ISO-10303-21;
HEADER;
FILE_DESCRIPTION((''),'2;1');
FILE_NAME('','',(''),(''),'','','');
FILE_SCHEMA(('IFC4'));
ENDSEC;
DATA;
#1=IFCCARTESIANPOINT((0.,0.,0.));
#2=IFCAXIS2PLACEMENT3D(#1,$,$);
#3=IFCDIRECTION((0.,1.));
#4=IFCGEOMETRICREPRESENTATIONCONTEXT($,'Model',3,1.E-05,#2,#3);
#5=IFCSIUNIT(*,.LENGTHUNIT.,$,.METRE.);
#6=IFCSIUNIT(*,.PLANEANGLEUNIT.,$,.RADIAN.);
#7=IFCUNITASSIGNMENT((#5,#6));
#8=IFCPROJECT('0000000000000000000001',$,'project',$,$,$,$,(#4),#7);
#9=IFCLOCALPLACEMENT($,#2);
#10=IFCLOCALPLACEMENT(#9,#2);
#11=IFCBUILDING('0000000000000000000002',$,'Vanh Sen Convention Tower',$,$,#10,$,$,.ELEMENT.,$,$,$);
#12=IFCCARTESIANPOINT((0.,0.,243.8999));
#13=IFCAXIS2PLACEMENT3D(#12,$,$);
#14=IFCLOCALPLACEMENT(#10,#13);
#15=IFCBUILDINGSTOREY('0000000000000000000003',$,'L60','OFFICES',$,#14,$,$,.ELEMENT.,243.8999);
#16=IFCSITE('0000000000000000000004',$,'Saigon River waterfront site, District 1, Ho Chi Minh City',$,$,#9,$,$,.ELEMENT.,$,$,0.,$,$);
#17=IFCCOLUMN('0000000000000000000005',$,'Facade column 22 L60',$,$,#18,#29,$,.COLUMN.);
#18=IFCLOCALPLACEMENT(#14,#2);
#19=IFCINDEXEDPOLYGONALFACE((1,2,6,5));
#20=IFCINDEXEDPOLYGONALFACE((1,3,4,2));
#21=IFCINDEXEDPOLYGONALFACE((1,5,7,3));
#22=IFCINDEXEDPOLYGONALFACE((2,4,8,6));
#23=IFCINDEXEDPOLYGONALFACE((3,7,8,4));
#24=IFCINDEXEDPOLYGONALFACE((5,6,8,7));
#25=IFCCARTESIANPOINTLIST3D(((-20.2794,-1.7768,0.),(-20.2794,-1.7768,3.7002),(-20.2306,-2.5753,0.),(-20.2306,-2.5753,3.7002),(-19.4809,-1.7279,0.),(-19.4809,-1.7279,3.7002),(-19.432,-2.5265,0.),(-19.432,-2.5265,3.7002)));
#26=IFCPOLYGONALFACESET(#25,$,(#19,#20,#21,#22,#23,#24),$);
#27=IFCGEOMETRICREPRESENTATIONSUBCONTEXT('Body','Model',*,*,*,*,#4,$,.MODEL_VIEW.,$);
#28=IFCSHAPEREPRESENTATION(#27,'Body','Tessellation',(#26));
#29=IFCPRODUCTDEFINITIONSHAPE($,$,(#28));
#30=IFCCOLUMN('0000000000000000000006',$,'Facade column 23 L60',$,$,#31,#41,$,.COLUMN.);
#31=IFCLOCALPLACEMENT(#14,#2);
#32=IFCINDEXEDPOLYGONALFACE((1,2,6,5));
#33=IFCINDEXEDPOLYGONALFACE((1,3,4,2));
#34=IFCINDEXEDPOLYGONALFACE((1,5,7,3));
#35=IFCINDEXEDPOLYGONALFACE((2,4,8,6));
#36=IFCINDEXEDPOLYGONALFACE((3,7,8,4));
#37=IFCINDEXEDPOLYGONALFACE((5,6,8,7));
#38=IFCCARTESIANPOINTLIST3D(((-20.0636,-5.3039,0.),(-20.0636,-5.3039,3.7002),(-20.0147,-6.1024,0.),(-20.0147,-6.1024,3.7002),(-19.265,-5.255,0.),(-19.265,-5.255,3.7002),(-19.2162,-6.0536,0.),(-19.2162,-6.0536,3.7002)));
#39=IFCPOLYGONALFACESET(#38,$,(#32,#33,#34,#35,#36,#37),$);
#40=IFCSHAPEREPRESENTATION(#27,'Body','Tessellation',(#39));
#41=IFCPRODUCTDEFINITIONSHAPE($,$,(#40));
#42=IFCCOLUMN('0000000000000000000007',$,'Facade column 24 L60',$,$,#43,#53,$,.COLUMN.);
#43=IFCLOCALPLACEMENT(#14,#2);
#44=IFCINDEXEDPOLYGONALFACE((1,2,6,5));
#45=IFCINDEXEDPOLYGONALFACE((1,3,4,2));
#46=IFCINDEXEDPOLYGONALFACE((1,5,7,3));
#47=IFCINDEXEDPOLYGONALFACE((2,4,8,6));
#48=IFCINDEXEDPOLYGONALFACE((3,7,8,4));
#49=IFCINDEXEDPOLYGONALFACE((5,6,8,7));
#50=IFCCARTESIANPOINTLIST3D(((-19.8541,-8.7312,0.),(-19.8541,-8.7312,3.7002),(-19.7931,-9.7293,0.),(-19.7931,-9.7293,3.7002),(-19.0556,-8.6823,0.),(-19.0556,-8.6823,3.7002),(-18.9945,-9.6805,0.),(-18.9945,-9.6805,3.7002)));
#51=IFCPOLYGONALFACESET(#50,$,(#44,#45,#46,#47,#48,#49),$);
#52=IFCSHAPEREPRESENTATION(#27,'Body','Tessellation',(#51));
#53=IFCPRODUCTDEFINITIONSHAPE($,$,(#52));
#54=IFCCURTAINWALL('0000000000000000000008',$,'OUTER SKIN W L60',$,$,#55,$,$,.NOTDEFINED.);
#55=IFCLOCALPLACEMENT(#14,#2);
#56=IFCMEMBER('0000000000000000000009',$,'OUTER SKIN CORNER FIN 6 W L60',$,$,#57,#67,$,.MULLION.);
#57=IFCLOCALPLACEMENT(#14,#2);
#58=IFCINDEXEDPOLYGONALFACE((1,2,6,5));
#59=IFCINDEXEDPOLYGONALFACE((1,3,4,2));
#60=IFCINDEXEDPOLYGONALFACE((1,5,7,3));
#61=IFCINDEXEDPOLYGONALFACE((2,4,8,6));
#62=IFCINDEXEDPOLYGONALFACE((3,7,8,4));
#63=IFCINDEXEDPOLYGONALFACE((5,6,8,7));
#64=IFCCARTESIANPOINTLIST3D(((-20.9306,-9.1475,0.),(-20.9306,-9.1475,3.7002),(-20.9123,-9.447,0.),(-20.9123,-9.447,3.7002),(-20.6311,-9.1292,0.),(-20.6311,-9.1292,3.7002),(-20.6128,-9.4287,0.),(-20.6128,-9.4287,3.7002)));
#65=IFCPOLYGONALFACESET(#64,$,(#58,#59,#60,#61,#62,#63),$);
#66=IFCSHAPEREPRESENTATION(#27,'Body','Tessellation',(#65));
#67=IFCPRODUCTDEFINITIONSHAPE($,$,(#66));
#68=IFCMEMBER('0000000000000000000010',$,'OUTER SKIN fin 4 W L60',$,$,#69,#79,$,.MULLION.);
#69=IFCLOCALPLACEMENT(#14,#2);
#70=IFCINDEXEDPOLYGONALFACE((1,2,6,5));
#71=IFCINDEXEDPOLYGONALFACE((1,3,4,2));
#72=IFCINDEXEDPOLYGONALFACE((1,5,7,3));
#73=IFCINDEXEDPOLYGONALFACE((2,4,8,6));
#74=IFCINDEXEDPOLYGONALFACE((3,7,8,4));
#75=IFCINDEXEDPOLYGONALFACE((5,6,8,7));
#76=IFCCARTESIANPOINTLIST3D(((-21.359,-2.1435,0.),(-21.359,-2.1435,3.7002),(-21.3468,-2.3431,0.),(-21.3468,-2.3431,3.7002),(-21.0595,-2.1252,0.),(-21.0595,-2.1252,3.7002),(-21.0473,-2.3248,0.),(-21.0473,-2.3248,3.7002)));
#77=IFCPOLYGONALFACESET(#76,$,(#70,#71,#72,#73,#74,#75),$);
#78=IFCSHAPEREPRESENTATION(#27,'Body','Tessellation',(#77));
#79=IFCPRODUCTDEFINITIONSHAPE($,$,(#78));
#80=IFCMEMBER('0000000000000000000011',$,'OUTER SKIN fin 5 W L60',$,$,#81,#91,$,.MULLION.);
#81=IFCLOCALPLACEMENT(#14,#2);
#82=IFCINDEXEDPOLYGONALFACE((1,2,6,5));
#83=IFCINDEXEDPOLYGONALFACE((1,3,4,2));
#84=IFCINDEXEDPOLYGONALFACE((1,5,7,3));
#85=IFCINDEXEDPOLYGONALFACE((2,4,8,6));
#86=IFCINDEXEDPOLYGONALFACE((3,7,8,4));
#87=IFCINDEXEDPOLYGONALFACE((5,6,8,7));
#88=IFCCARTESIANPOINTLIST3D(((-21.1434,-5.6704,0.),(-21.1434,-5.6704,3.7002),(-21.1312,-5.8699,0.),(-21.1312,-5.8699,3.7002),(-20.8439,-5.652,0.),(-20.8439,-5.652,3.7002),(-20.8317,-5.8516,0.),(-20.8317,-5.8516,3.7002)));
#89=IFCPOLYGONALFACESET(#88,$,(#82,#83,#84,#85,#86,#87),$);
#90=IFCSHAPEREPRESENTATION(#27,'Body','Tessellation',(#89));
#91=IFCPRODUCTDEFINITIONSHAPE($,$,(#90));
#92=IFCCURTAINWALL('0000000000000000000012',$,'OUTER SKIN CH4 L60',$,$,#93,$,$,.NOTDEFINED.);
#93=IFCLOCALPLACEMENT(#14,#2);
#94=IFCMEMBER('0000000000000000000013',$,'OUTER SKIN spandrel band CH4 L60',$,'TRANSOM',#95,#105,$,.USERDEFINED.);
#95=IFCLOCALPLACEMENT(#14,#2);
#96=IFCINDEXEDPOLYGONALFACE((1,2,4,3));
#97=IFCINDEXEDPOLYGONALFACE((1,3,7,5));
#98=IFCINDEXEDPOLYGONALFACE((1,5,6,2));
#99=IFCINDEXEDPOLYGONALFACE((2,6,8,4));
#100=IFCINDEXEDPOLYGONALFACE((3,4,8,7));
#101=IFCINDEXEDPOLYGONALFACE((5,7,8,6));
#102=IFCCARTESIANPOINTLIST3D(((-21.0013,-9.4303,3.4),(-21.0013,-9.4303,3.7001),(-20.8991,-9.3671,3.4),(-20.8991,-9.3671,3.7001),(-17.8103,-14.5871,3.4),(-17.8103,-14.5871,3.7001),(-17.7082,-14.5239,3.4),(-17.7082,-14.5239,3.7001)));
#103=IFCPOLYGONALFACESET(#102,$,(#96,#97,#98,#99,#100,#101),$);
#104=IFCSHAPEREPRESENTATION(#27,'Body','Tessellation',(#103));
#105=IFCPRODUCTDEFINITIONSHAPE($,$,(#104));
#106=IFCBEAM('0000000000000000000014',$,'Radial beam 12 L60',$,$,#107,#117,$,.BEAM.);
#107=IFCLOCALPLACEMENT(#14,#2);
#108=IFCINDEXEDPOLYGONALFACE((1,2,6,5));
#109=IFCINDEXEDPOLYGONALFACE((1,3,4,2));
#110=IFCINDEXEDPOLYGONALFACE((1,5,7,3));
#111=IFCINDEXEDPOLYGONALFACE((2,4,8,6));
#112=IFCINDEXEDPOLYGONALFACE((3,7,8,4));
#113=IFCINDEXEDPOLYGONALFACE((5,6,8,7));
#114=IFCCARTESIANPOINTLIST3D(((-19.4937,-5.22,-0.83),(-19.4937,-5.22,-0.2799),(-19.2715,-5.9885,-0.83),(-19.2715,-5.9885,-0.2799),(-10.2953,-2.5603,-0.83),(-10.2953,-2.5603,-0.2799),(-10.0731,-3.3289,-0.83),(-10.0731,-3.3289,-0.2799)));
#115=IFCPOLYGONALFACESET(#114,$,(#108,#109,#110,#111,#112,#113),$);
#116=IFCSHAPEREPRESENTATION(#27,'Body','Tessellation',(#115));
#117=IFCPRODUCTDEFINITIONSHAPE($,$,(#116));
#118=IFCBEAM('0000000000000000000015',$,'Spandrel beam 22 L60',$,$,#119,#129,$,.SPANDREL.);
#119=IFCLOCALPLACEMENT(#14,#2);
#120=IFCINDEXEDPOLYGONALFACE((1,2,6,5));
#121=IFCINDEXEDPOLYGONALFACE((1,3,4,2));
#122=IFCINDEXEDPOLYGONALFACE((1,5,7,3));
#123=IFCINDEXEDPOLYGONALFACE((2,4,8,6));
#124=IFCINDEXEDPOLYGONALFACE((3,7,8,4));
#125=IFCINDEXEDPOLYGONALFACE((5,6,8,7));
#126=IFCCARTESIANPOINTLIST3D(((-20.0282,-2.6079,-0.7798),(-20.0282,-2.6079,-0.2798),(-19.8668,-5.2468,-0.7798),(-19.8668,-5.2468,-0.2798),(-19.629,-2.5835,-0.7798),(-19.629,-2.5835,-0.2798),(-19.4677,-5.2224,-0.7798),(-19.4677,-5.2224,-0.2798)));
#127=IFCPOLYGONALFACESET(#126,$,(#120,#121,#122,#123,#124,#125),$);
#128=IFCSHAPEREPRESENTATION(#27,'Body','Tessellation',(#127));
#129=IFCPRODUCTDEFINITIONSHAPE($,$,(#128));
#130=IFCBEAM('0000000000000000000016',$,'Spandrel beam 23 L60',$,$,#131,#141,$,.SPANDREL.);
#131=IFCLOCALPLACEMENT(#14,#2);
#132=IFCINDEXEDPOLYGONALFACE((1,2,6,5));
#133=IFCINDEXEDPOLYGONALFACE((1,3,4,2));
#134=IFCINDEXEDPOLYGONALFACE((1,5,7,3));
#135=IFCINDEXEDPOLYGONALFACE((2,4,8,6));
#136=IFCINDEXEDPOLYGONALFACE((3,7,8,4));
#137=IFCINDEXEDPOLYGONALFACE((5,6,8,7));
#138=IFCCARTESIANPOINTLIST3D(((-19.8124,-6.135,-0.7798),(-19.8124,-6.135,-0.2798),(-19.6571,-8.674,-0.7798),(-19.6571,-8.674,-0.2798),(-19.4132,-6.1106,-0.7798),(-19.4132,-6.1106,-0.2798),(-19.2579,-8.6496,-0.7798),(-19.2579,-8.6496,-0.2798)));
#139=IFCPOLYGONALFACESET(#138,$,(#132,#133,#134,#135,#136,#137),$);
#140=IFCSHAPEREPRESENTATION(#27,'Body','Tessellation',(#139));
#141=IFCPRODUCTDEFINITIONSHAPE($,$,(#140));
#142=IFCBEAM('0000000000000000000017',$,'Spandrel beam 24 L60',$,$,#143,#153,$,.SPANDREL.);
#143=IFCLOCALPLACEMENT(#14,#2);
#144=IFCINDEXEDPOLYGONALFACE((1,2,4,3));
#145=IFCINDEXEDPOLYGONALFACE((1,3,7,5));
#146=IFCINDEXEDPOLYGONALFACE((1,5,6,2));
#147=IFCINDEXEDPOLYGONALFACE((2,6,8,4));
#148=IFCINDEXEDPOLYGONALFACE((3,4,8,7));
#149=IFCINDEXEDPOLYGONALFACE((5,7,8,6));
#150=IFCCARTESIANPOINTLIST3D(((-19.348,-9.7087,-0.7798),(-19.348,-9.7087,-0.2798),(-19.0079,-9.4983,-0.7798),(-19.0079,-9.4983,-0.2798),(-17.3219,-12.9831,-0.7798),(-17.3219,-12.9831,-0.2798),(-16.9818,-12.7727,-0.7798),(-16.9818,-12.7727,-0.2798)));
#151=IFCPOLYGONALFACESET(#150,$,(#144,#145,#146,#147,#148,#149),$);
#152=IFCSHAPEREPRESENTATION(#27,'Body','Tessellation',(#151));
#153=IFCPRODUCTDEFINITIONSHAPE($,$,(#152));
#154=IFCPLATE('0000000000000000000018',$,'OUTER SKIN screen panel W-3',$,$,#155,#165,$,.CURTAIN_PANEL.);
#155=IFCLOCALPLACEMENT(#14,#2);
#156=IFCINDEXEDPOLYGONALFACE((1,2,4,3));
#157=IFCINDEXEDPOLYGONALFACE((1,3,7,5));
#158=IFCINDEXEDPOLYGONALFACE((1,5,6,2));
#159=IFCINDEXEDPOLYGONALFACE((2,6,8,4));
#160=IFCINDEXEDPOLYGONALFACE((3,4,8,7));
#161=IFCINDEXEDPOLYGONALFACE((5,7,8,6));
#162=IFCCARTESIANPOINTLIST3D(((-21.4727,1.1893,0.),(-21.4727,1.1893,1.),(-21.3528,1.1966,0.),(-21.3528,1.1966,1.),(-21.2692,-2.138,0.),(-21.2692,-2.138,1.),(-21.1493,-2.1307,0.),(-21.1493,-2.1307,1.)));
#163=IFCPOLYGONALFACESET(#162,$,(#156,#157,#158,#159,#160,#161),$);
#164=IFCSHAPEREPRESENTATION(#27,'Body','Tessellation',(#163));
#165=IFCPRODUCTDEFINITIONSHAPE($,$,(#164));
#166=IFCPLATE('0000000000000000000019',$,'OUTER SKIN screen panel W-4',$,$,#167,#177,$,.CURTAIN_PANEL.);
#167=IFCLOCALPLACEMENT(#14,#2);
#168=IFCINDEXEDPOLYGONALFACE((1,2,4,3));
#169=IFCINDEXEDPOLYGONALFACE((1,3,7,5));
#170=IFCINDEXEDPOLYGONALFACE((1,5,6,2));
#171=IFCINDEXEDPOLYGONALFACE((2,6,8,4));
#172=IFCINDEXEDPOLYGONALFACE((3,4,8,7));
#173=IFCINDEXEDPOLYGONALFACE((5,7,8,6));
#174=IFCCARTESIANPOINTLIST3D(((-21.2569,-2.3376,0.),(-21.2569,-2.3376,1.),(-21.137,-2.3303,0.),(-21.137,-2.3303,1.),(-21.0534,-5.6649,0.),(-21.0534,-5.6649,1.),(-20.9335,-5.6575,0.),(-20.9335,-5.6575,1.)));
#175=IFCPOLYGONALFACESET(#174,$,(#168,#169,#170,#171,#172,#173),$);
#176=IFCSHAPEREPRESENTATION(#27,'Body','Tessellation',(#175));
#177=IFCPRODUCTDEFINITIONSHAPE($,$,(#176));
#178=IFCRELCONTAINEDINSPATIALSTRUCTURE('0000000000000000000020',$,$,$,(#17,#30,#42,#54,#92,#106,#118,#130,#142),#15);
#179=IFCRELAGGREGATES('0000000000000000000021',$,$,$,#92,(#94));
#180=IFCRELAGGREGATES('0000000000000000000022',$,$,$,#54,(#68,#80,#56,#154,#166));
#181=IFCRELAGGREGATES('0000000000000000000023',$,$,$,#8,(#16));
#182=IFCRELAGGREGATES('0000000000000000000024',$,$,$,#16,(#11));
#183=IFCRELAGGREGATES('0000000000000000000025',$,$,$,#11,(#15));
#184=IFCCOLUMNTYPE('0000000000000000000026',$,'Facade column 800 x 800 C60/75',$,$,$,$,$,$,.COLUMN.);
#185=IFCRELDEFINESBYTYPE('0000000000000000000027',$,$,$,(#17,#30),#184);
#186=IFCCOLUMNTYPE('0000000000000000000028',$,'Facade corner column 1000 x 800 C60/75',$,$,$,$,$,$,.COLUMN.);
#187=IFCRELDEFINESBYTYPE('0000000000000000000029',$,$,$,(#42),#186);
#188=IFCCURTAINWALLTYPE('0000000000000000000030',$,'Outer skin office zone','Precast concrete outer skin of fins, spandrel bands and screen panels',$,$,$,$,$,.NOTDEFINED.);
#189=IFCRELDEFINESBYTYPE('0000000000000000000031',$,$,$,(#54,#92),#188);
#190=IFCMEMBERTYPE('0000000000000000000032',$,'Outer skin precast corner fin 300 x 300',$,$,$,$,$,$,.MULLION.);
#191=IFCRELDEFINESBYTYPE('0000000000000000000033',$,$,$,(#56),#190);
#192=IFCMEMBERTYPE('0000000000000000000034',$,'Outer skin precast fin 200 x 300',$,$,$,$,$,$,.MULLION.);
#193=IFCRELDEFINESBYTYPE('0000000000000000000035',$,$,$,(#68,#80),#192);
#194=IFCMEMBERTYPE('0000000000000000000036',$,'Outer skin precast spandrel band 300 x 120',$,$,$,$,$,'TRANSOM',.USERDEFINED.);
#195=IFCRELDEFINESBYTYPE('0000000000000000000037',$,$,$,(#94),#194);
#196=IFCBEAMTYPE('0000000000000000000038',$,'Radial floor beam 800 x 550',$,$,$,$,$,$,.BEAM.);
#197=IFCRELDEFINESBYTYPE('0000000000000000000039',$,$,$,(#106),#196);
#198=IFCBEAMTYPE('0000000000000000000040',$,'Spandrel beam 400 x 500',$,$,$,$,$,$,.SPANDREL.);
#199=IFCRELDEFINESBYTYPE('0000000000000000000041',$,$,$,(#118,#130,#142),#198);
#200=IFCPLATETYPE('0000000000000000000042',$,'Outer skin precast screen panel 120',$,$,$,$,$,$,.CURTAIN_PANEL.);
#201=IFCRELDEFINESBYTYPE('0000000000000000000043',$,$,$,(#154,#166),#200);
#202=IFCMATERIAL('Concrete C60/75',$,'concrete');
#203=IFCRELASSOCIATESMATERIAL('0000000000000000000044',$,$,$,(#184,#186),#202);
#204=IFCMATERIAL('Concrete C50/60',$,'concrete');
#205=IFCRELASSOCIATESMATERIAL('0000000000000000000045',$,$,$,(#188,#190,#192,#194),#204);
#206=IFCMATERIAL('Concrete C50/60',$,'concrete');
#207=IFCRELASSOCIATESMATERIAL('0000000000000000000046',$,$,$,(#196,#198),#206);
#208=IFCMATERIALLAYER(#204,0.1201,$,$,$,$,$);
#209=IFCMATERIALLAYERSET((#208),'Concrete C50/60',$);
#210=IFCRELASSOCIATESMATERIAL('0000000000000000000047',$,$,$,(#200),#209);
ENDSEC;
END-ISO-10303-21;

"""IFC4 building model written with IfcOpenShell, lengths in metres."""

from ifc_helpers import new_model, si_unit, direction, frame, origin, origin_2d, place, context, subcontext, project, spatial, rectangle, extrude, material, layer, layer_set, material_profile, profile_set, type_object, element, aggregate, save


model = new_model("IFC4")

# Units and contexts
model_context = context("Model", 3, precision=1e-05, world=origin(), true_north=direction((0.0, 1.0)))
body_context = subcontext(model_context, "Body", "Model", "MODEL_VIEW")
ifc_project = project(units=[si_unit("LENGTHUNIT", "METRE"), si_unit("PLANEANGLEUNIT", "RADIAN")], contexts=[model_context])

# Site, building, storey
site_placement = place(None, origin())
site = spatial("IfcSite", under=ifc_project, at=site_placement, Name="Saigon River waterfront site, District 1, Ho Chi Minh City", CompositionType="ELEMENT", RefElevation=0.0)
building_placement = place(site_placement, origin())
building = spatial("IfcBuilding", under=site, at=building_placement, Name="Vanh Sen Convention Tower", CompositionType="ELEMENT")
storey_placement = place(building_placement, frame((0.0, 0.0, 243.8999)))
storey = spatial("IfcBuildingStorey", under=building, at=storey_placement, Name="L60", Description="OFFICES", CompositionType="ELEMENT", Elevation=243.8999)

# Columns
ifc_material_1 = material(Name="Concrete C60/75", Category="concrete")
ifc_material_profile_1 = material_profile(ifc_material_1, rectangle(XDim=0.8, YDim=0.8, at=origin_2d()), Name="RC 800X800")
ifc_profile_set_1 = profile_set([ifc_material_profile_1], Name="Concrete C60/75")
column_type_1 = type_object("IfcColumnType", Name="Facade column 800 x 800 C60/75", PredefinedType="COLUMN", material=ifc_profile_set_1)
for number, where, z_axis, x_axis, name in (
    (1, (-19.8557, -2.1516, 0.0), (0.0, 0.0, 1.0), (0.061049, -0.998135, 0.0), "Facade column 22 L60"),
    (2, (-19.6399, -5.6787, 0.0), (0.0, 0.0, 1.0), (0.061049, -0.998135, 0.0), "Facade column 23 L60"),
):
    element("IfcColumn", number, at=place(storey_placement, frame(where, z_axis=z_axis, x_axis=x_axis)), inside=storey, type_object=column_type_1, Name=name, PredefinedType="COLUMN", context=body_context, shape_type="SweptSolid", body=[
        extrude(rectangle(XDim=0.8, YDim=0.8, at=origin_2d()), origin(), (0.0, 0.0, 1.0), 3.7002),
    ])
ifc_material_profile_2 = material_profile(ifc_material_1, rectangle(XDim=1.0, YDim=0.8, at=origin_2d()), Name="RC 1000X800")
ifc_profile_set_2 = profile_set([ifc_material_profile_2], Name="Concrete C60/75")
column_type_2 = type_object("IfcColumnType", Name="Facade corner column 1000 x 800 C60/75", PredefinedType="COLUMN", material=ifc_profile_set_2)
column_placement = place(storey_placement, frame((-19.4243, -9.2058, 0.0), z_axis=(0.0, 0.0, 1.0), x_axis=(0.061049, -0.998135, 0.0)))
element("IfcColumn", 3, at=column_placement, inside=storey, type_object=column_type_2, Name="Facade column 24 L60", PredefinedType="COLUMN", context=body_context, shape_type="SweptSolid", body=[
    extrude(rectangle(XDim=1.0, YDim=0.8, at=origin_2d()), origin(), (0.0, 0.0, 1.0), 3.7002),
])

# Curtain wall, members
ifc_material_2 = material(Name="Concrete C50/60", Category="concrete")
curtain_wall_type = type_object("IfcCurtainWallType", Name="Outer skin office zone", Description="Precast concrete outer skin of fins, spandrel bands and screen panels", PredefinedType="NOTDEFINED", material=ifc_material_2)
curtain_wall_1_placement = place(storey_placement, origin())
curtain_wall_1 = element("IfcCurtainWall", 4, at=curtain_wall_1_placement, inside=storey, type_object=curtain_wall_type, Name="OUTER SKIN W L60", PredefinedType="NOTDEFINED")
ifc_material_profile_3 = material_profile(ifc_material_2, rectangle(XDim=0.3, YDim=0.3, at=origin_2d()), Name="Outer skin precast corner fin 300 x 300")
ifc_profile_set_3 = profile_set([ifc_material_profile_3], Name="Concrete C50/60")
member_type_1 = type_object("IfcMemberType", Name="Outer skin precast corner fin 300 x 300", PredefinedType="MULLION", material=ifc_profile_set_3)
member_1_placement = place(storey_placement, frame((-20.7717, -9.2881, 0.0), z_axis=(0.0, 0.0, 1.0), x_axis=(0.061049, -0.998135, 0.0)))
member_1 = element("IfcMember", 5, at=member_1_placement, type_object=member_type_1, Name="OUTER SKIN CORNER FIN 6 W L60", PredefinedType="MULLION", context=body_context, shape_type="SweptSolid", body=[
    extrude(rectangle(XDim=0.3, YDim=0.3, at=origin_2d()), origin(), (0.0, 0.0, 1.0), 3.7002),
])
ifc_material_profile_4 = material_profile(ifc_material_2, rectangle(XDim=0.2, YDim=0.3, at=origin_2d()), Name="Outer skin precast fin 200 x 300")
ifc_profile_set_4 = profile_set([ifc_material_profile_4], Name="Concrete C50/60")
member_type_2 = type_object("IfcMemberType", Name="Outer skin precast fin 200 x 300", PredefinedType="MULLION", material=ifc_profile_set_4)
member_2_placement = place(storey_placement, frame((-21.2031, -2.2341, 0.0), z_axis=(0.0, 0.0, 1.0), x_axis=(0.061049, -0.998135, 0.0)))
member_2 = element("IfcMember", 6, at=member_2_placement, type_object=member_type_2, Name="OUTER SKIN fin 4 W L60", PredefinedType="MULLION", context=body_context, shape_type="SweptSolid", body=[
    extrude(rectangle(XDim=0.2, YDim=0.3, at=origin_2d()), origin(), (0.0, 0.0, 1.0), 3.7002),
])
member_3_placement = place(storey_placement, frame((-20.9875, -5.761, 0.0), z_axis=(0.0, 0.0, 1.0), x_axis=(0.061049, -0.998135, 0.0)))
member_3 = element("IfcMember", 7, at=member_3_placement, type_object=member_type_2, Name="OUTER SKIN fin 5 W L60", PredefinedType="MULLION", context=body_context, shape_type="SweptSolid", body=[
    extrude(rectangle(XDim=0.2, YDim=0.3, at=origin_2d()), origin(), (0.0, 0.0, 1.0), 3.7002),
])

# Curtain wall, member
curtain_wall_2_placement = place(storey_placement, origin())
curtain_wall_2 = element("IfcCurtainWall", 8, at=curtain_wall_2_placement, inside=storey, type_object=curtain_wall_type, Name="OUTER SKIN CH4 L60", PredefinedType="NOTDEFINED")
ifc_material_profile_5 = material_profile(ifc_material_2, rectangle(XDim=0.1201, YDim=0.3, at=origin_2d()), Name="Outer skin precast spandrel band 300 x 120")
ifc_profile_set_5 = profile_set([ifc_material_profile_5], Name="Concrete C50/60")
member_type_3 = type_object("IfcMemberType", Name="Outer skin precast spandrel band 300 x 120", ElementType="TRANSOM", PredefinedType="USERDEFINED", material=ifc_profile_set_5)
member_4_placement = place(storey_placement, frame((-20.9502, -9.3987, 3.55), z_axis=(0.526194, -0.850365, 0.0), x_axis=(0.850365, 0.526194, 0.0)))
member_4 = element("IfcMember", 9, at=member_4_placement, type_object=member_type_3, Name="OUTER SKIN spandrel band CH4 L60", ObjectType="TRANSOM", PredefinedType="USERDEFINED", context=body_context, shape_type="SweptSolid", body=[
    extrude(rectangle(XDim=0.1201, YDim=0.3, at=origin_2d()), origin(), (0.0, 0.0, 1.0), 6.0642),
])
aggregate(curtain_wall_2, [member_4])

# Beams
ifc_material_3 = material(Name="Concrete C50/60", Category="concrete")
ifc_material_profile_6 = material_profile(ifc_material_3, rectangle(XDim=0.8, YDim=0.55, at=origin_2d()), Name="RC 800X550")
ifc_profile_set_6 = profile_set([ifc_material_profile_6], Name="Concrete C50/60")
beam_type_1 = type_object("IfcBeamType", Name="Radial floor beam 800 x 550", PredefinedType="BEAM", material=ifc_profile_set_6)
beam_1_placement = place(storey_placement, frame((-19.3826, -5.6042, -0.5549), z_axis=(0.960649, 0.277764, 0.0), x_axis=(-0.277764, 0.960649, 0.0)))
element("IfcBeam", 10, at=beam_1_placement, inside=storey, type_object=beam_type_1, Name="Radial beam 12 L60", PredefinedType="BEAM", context=body_context, shape_type="SweptSolid", body=[
    extrude(rectangle(XDim=0.8, YDim=0.55, at=origin_2d()), origin(), (0.0, 0.0, 1.0), 9.5752),
])
ifc_material_profile_7 = material_profile(ifc_material_3, rectangle(XDim=0.3999, YDim=0.5, at=origin_2d()), Name="RC 400X500")
ifc_profile_set_7 = profile_set([ifc_material_profile_7], Name="Concrete C50/60")
beam_type_2 = type_object("IfcBeamType", Name="Spandrel beam 400 x 500", PredefinedType="SPANDREL", material=ifc_profile_set_7)
beam_2_placement = place(storey_placement, frame((-19.8286, -2.5957, -0.5298), z_axis=(0.061039, -0.998135, 0.0), x_axis=(0.998135, 0.061039, 0.0)))
element("IfcBeam", 11, at=beam_2_placement, inside=storey, type_object=beam_type_2, Name="Spandrel beam 22 L60", PredefinedType="SPANDREL", context=body_context, shape_type="SweptSolid", body=[
    extrude(rectangle(XDim=0.3999, YDim=0.5, at=origin_2d()), origin(), (0.0, 0.0, 1.0), 2.6438),
])
beam_3_placement = place(storey_placement, frame((-19.6128, -6.1228, -0.5298), z_axis=(0.06104, -0.998135, 0.0), x_axis=(0.998135, 0.06104, 0.0)))
element("IfcBeam", 12, at=beam_3_placement, inside=storey, type_object=beam_type_2, Name="Spandrel beam 23 L60", PredefinedType="SPANDREL", context=body_context, shape_type="SweptSolid", body=[
    extrude(rectangle(XDim=0.3999, YDim=0.5, at=origin_2d()), origin(), (0.0, 0.0, 1.0), 2.5437),
])
beam_4_placement = place(storey_placement, frame((-19.178, -9.6035, -0.5298), z_axis=(0.526187, -0.850369, 0.0), x_axis=(0.850369, 0.526187, 0.0)))
element("IfcBeam", 13, at=beam_4_placement, inside=storey, type_object=beam_type_2, Name="Spandrel beam 24 L60", PredefinedType="SPANDREL", context=body_context, shape_type="SweptSolid", body=[
    extrude(rectangle(XDim=0.3999, YDim=0.5, at=origin_2d()), origin(), (0.0, 0.0, 1.0), 3.8506),
])

# Plates
ifc_layer_1 = layer(ifc_material_2, 0.1201)
ifc_layer_set_1 = layer_set([ifc_layer_1], Name="Concrete C50/60")
plate_type = type_object("IfcPlateType", Name="Outer skin precast screen panel 120", PredefinedType="CURTAIN_PANEL", material=ifc_layer_set_1)
plate_1_placement = place(storey_placement, frame((-21.311, -0.4707, 0.0), z_axis=(0.0, 0.0, 1.0), x_axis=(0.061043, -0.998135, 0.0)))
plate_1 = element("IfcPlate", 14, at=plate_1_placement, type_object=plate_type, Name="OUTER SKIN screen panel W-3", PredefinedType="CURTAIN_PANEL", context=body_context, shape_type="SweptSolid", body=[
    extrude(rectangle(XDim=3.3335, YDim=0.1201, at=origin_2d()), origin(), (0.0, 0.0, 1.0), 1.0),
])
plate_2_placement = place(storey_placement, frame((-21.0952, -3.9976, 0.0), z_axis=(0.0, 0.0, 1.0), x_axis=(0.061043, -0.998135, 0.0)))
plate_2 = element("IfcPlate", 15, at=plate_2_placement, type_object=plate_type, Name="OUTER SKIN screen panel W-4", PredefinedType="CURTAIN_PANEL", context=body_context, shape_type="SweptSolid", body=[
    extrude(rectangle(XDim=3.3335, YDim=0.1201, at=origin_2d()), origin(), (0.0, 0.0, 1.0), 1.0),
])
aggregate(curtain_wall_1, [member_2, member_3, member_1, plate_1, plate_2])

save(model, "model.ifc")
